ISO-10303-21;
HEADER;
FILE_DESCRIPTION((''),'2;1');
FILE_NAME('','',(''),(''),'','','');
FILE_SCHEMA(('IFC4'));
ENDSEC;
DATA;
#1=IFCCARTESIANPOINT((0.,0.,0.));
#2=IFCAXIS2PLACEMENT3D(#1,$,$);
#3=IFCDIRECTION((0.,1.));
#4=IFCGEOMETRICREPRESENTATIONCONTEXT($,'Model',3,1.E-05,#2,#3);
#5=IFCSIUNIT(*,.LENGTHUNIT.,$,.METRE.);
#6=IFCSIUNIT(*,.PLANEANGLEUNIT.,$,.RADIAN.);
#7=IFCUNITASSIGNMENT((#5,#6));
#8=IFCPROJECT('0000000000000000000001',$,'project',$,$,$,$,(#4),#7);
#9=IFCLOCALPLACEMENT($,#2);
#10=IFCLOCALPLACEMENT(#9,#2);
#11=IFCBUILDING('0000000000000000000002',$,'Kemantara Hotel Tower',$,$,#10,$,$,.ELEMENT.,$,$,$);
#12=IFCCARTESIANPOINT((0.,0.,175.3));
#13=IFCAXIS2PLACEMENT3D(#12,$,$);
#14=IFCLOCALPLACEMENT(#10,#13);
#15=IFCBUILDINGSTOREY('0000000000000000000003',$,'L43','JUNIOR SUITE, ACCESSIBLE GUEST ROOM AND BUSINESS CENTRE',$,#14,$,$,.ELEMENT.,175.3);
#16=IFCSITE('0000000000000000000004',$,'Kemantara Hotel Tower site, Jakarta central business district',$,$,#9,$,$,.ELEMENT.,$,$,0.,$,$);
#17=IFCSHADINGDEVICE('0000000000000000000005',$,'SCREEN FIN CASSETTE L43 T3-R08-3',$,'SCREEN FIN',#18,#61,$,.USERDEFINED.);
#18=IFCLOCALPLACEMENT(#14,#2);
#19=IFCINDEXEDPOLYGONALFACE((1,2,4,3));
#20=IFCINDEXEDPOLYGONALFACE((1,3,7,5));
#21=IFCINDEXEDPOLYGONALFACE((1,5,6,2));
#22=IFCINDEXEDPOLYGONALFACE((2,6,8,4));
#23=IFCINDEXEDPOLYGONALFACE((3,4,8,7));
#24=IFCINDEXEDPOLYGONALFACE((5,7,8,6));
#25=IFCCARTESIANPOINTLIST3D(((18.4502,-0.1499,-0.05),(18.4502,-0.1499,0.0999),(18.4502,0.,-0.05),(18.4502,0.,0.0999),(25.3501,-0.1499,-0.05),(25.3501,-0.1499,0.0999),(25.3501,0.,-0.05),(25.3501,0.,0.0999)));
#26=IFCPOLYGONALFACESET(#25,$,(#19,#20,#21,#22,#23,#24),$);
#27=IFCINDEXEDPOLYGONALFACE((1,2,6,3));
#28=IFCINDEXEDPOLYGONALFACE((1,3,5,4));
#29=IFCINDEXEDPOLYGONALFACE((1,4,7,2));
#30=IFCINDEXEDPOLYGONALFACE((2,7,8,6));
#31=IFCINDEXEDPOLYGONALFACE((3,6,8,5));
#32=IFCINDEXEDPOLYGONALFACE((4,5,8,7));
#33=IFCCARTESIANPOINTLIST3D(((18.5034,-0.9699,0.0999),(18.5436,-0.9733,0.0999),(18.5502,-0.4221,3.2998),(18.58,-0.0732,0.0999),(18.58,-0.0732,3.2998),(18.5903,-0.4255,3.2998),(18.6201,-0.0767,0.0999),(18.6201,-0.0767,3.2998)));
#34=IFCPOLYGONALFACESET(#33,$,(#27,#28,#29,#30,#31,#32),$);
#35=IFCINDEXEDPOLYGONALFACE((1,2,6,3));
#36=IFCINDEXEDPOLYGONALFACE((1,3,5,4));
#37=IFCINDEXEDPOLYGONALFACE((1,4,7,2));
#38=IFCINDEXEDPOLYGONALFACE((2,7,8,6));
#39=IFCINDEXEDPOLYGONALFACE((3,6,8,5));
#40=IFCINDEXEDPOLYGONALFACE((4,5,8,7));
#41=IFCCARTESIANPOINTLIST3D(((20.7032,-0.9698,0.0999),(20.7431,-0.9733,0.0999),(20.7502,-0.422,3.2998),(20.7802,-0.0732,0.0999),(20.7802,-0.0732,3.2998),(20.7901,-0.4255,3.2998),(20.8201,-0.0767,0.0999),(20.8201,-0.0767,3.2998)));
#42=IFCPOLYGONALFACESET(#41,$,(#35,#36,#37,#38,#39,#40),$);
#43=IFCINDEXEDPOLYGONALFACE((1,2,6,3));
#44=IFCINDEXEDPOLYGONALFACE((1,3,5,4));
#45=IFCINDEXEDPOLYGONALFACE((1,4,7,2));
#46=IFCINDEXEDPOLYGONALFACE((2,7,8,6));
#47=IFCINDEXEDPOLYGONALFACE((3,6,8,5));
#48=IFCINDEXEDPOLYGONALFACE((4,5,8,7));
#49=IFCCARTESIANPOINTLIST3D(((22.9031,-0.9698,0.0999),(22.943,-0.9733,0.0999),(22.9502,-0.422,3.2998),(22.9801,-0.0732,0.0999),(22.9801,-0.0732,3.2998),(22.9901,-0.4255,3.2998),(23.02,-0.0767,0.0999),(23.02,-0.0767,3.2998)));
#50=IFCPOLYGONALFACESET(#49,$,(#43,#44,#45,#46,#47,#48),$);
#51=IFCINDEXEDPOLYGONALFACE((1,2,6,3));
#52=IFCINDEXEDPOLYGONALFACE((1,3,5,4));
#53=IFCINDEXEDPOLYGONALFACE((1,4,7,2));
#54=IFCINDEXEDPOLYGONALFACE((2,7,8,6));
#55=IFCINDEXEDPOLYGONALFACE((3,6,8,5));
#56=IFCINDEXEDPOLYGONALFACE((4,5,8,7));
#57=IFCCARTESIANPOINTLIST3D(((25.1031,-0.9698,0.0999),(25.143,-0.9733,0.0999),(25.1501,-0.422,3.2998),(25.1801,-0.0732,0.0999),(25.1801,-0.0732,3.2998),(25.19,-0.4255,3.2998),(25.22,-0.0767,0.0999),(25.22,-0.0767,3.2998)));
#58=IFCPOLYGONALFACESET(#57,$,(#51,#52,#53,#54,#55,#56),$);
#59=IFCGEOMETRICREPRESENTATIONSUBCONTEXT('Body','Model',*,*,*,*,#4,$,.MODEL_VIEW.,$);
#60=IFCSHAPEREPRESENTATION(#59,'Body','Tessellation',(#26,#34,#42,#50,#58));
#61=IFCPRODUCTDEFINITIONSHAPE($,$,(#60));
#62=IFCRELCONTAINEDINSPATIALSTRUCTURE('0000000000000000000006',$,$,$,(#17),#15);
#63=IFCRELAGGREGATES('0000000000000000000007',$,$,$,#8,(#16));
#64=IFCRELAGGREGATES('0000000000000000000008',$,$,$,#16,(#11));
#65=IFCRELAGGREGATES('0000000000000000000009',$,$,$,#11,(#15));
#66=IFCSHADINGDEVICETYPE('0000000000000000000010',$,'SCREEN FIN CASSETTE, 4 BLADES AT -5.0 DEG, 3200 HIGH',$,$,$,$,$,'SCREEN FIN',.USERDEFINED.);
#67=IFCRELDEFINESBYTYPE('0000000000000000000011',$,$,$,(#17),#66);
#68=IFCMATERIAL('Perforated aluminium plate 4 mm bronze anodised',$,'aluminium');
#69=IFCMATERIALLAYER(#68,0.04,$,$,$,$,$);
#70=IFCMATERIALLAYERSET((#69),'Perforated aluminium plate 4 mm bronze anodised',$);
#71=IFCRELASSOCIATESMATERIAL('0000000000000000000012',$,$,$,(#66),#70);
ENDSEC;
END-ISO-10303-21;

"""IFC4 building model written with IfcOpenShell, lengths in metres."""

from ifc_helpers import new_model, si_unit, direction, frame, origin, origin_2d, place, context, subcontext, project, spatial, polyline, rectangle, outline, extrude, source, transform, mapped, material, layer, layer_set, type_object, element, save


model = new_model("IFC4")

# Units and contexts
model_context = context("Model", 3, precision=1e-05, world=origin(), true_north=direction((0.0, 1.0)))
body_context = subcontext(model_context, "Body", "Model", "MODEL_VIEW")
ifc_project = project(units=[si_unit("LENGTHUNIT", "METRE"), si_unit("PLANEANGLEUNIT", "RADIAN")], contexts=[model_context])

# Site, building, storey
site_placement = place(None, origin())
site = spatial("IfcSite", under=ifc_project, at=site_placement, Name="Kemantara Hotel Tower site, Jakarta central business district", CompositionType="ELEMENT", RefElevation=0.0)
building_placement = place(site_placement, origin())
building = spatial("IfcBuilding", under=site, at=building_placement, Name="Kemantara Hotel Tower", CompositionType="ELEMENT")
storey_placement = place(building_placement, frame((0.0, 0.0, 175.3)))
storey = spatial("IfcBuildingStorey", under=building, at=storey_placement, Name="L43", Description="JUNIOR SUITE, ACCESSIBLE GUEST ROOM AND BUSINESS CENTRE", CompositionType="ELEMENT", Elevation=175.3)

# Shading device
ifc_material_1 = material(Name="Perforated aluminium plate 4 mm bronze anodised", Category="aluminium")
ifc_layer_1 = layer(ifc_material_1, 0.04)
ifc_layer_set_1 = layer_set([ifc_layer_1], Name="Perforated aluminium plate 4 mm bronze anodised")
shading_device_type = type_object("IfcShadingDeviceType", Name="SCREEN FIN CASSETTE, 4 BLADES AT -5.0 DEG, 3200 HIGH", ElementType="SCREEN FIN", PredefinedType="USERDEFINED", material=ifc_layer_set_1)
shared_shape = source(origin(), body_context, "Body", "SweptSolid", [
    extrude(rectangle(XDim=6.8999, YDim=0.1499, at=origin_2d()), frame((3.3, -0.075, -0.1499), z_axis=(0.0, 0.0, 1.0), x_axis=(1.0, 0.0, 0.0)), (0.0, 0.0, 1.0), 0.1499),
    extrude(outline(polyline([(0.0, 0.0), (0.8999, 0.0), (0.3501, 3.2), (0.0, 3.2), (0.0, 0.0)])), frame((0.02, -0.0767, 0.0), z_axis=(-0.996376, 0.085056, 0.0), x_axis=(-0.085056, -0.996376, 0.0)), (0.0, 0.0, 1.0), 0.0403),
    extrude(outline(polyline([(0.0, 0.0), (0.8999, 0.0), (0.3501, 3.2), (0.0, 3.2), (0.0, 0.0)])), frame((2.22, -0.0767, 0.0), z_axis=(-0.996332, 0.085575, 0.0), x_axis=(-0.085575, -0.996332, 0.0)), (0.0, 0.0, 1.0), 0.04),
    extrude(outline(polyline([(0.0, 0.0), (0.8999, 0.0), (0.3501, 3.2), (0.0, 3.2), (0.0, 0.0)])), frame((4.4199, -0.0767, 0.0), z_axis=(-0.996332, 0.085575, 0.0), x_axis=(-0.085575, -0.996332, 0.0)), (0.0, 0.0, 1.0), 0.04),
    extrude(outline(polyline([(0.0, 0.0), (0.8999, 0.0), (0.3501, 3.2), (0.0, 3.2), (0.0, 0.0)])), frame((6.6199, -0.0767, 0.0), z_axis=(-0.996332, 0.085575, 0.0), x_axis=(-0.085575, -0.996332, 0.0)), (0.0, 0.0, 1.0), 0.04),
])
shading_device_placement = place(storey_placement, frame((18.6001, 0.0, 0.0999), z_axis=(0.0, 0.0, 1.0), x_axis=(1.0, 0.0, 0.0)))
element("IfcShadingDevice", 1, at=shading_device_placement, inside=storey, type_object=shading_device_type, Name="SCREEN FIN CASSETTE L43 T3-R08-3", ObjectType="SCREEN FIN", PredefinedType="USERDEFINED", context=body_context, shape_type="MappedRepresentation", body=[
    mapped(shared_shape, transform((0.0, 0.0, 0.0))),
])

save(model, "model.ifc")
